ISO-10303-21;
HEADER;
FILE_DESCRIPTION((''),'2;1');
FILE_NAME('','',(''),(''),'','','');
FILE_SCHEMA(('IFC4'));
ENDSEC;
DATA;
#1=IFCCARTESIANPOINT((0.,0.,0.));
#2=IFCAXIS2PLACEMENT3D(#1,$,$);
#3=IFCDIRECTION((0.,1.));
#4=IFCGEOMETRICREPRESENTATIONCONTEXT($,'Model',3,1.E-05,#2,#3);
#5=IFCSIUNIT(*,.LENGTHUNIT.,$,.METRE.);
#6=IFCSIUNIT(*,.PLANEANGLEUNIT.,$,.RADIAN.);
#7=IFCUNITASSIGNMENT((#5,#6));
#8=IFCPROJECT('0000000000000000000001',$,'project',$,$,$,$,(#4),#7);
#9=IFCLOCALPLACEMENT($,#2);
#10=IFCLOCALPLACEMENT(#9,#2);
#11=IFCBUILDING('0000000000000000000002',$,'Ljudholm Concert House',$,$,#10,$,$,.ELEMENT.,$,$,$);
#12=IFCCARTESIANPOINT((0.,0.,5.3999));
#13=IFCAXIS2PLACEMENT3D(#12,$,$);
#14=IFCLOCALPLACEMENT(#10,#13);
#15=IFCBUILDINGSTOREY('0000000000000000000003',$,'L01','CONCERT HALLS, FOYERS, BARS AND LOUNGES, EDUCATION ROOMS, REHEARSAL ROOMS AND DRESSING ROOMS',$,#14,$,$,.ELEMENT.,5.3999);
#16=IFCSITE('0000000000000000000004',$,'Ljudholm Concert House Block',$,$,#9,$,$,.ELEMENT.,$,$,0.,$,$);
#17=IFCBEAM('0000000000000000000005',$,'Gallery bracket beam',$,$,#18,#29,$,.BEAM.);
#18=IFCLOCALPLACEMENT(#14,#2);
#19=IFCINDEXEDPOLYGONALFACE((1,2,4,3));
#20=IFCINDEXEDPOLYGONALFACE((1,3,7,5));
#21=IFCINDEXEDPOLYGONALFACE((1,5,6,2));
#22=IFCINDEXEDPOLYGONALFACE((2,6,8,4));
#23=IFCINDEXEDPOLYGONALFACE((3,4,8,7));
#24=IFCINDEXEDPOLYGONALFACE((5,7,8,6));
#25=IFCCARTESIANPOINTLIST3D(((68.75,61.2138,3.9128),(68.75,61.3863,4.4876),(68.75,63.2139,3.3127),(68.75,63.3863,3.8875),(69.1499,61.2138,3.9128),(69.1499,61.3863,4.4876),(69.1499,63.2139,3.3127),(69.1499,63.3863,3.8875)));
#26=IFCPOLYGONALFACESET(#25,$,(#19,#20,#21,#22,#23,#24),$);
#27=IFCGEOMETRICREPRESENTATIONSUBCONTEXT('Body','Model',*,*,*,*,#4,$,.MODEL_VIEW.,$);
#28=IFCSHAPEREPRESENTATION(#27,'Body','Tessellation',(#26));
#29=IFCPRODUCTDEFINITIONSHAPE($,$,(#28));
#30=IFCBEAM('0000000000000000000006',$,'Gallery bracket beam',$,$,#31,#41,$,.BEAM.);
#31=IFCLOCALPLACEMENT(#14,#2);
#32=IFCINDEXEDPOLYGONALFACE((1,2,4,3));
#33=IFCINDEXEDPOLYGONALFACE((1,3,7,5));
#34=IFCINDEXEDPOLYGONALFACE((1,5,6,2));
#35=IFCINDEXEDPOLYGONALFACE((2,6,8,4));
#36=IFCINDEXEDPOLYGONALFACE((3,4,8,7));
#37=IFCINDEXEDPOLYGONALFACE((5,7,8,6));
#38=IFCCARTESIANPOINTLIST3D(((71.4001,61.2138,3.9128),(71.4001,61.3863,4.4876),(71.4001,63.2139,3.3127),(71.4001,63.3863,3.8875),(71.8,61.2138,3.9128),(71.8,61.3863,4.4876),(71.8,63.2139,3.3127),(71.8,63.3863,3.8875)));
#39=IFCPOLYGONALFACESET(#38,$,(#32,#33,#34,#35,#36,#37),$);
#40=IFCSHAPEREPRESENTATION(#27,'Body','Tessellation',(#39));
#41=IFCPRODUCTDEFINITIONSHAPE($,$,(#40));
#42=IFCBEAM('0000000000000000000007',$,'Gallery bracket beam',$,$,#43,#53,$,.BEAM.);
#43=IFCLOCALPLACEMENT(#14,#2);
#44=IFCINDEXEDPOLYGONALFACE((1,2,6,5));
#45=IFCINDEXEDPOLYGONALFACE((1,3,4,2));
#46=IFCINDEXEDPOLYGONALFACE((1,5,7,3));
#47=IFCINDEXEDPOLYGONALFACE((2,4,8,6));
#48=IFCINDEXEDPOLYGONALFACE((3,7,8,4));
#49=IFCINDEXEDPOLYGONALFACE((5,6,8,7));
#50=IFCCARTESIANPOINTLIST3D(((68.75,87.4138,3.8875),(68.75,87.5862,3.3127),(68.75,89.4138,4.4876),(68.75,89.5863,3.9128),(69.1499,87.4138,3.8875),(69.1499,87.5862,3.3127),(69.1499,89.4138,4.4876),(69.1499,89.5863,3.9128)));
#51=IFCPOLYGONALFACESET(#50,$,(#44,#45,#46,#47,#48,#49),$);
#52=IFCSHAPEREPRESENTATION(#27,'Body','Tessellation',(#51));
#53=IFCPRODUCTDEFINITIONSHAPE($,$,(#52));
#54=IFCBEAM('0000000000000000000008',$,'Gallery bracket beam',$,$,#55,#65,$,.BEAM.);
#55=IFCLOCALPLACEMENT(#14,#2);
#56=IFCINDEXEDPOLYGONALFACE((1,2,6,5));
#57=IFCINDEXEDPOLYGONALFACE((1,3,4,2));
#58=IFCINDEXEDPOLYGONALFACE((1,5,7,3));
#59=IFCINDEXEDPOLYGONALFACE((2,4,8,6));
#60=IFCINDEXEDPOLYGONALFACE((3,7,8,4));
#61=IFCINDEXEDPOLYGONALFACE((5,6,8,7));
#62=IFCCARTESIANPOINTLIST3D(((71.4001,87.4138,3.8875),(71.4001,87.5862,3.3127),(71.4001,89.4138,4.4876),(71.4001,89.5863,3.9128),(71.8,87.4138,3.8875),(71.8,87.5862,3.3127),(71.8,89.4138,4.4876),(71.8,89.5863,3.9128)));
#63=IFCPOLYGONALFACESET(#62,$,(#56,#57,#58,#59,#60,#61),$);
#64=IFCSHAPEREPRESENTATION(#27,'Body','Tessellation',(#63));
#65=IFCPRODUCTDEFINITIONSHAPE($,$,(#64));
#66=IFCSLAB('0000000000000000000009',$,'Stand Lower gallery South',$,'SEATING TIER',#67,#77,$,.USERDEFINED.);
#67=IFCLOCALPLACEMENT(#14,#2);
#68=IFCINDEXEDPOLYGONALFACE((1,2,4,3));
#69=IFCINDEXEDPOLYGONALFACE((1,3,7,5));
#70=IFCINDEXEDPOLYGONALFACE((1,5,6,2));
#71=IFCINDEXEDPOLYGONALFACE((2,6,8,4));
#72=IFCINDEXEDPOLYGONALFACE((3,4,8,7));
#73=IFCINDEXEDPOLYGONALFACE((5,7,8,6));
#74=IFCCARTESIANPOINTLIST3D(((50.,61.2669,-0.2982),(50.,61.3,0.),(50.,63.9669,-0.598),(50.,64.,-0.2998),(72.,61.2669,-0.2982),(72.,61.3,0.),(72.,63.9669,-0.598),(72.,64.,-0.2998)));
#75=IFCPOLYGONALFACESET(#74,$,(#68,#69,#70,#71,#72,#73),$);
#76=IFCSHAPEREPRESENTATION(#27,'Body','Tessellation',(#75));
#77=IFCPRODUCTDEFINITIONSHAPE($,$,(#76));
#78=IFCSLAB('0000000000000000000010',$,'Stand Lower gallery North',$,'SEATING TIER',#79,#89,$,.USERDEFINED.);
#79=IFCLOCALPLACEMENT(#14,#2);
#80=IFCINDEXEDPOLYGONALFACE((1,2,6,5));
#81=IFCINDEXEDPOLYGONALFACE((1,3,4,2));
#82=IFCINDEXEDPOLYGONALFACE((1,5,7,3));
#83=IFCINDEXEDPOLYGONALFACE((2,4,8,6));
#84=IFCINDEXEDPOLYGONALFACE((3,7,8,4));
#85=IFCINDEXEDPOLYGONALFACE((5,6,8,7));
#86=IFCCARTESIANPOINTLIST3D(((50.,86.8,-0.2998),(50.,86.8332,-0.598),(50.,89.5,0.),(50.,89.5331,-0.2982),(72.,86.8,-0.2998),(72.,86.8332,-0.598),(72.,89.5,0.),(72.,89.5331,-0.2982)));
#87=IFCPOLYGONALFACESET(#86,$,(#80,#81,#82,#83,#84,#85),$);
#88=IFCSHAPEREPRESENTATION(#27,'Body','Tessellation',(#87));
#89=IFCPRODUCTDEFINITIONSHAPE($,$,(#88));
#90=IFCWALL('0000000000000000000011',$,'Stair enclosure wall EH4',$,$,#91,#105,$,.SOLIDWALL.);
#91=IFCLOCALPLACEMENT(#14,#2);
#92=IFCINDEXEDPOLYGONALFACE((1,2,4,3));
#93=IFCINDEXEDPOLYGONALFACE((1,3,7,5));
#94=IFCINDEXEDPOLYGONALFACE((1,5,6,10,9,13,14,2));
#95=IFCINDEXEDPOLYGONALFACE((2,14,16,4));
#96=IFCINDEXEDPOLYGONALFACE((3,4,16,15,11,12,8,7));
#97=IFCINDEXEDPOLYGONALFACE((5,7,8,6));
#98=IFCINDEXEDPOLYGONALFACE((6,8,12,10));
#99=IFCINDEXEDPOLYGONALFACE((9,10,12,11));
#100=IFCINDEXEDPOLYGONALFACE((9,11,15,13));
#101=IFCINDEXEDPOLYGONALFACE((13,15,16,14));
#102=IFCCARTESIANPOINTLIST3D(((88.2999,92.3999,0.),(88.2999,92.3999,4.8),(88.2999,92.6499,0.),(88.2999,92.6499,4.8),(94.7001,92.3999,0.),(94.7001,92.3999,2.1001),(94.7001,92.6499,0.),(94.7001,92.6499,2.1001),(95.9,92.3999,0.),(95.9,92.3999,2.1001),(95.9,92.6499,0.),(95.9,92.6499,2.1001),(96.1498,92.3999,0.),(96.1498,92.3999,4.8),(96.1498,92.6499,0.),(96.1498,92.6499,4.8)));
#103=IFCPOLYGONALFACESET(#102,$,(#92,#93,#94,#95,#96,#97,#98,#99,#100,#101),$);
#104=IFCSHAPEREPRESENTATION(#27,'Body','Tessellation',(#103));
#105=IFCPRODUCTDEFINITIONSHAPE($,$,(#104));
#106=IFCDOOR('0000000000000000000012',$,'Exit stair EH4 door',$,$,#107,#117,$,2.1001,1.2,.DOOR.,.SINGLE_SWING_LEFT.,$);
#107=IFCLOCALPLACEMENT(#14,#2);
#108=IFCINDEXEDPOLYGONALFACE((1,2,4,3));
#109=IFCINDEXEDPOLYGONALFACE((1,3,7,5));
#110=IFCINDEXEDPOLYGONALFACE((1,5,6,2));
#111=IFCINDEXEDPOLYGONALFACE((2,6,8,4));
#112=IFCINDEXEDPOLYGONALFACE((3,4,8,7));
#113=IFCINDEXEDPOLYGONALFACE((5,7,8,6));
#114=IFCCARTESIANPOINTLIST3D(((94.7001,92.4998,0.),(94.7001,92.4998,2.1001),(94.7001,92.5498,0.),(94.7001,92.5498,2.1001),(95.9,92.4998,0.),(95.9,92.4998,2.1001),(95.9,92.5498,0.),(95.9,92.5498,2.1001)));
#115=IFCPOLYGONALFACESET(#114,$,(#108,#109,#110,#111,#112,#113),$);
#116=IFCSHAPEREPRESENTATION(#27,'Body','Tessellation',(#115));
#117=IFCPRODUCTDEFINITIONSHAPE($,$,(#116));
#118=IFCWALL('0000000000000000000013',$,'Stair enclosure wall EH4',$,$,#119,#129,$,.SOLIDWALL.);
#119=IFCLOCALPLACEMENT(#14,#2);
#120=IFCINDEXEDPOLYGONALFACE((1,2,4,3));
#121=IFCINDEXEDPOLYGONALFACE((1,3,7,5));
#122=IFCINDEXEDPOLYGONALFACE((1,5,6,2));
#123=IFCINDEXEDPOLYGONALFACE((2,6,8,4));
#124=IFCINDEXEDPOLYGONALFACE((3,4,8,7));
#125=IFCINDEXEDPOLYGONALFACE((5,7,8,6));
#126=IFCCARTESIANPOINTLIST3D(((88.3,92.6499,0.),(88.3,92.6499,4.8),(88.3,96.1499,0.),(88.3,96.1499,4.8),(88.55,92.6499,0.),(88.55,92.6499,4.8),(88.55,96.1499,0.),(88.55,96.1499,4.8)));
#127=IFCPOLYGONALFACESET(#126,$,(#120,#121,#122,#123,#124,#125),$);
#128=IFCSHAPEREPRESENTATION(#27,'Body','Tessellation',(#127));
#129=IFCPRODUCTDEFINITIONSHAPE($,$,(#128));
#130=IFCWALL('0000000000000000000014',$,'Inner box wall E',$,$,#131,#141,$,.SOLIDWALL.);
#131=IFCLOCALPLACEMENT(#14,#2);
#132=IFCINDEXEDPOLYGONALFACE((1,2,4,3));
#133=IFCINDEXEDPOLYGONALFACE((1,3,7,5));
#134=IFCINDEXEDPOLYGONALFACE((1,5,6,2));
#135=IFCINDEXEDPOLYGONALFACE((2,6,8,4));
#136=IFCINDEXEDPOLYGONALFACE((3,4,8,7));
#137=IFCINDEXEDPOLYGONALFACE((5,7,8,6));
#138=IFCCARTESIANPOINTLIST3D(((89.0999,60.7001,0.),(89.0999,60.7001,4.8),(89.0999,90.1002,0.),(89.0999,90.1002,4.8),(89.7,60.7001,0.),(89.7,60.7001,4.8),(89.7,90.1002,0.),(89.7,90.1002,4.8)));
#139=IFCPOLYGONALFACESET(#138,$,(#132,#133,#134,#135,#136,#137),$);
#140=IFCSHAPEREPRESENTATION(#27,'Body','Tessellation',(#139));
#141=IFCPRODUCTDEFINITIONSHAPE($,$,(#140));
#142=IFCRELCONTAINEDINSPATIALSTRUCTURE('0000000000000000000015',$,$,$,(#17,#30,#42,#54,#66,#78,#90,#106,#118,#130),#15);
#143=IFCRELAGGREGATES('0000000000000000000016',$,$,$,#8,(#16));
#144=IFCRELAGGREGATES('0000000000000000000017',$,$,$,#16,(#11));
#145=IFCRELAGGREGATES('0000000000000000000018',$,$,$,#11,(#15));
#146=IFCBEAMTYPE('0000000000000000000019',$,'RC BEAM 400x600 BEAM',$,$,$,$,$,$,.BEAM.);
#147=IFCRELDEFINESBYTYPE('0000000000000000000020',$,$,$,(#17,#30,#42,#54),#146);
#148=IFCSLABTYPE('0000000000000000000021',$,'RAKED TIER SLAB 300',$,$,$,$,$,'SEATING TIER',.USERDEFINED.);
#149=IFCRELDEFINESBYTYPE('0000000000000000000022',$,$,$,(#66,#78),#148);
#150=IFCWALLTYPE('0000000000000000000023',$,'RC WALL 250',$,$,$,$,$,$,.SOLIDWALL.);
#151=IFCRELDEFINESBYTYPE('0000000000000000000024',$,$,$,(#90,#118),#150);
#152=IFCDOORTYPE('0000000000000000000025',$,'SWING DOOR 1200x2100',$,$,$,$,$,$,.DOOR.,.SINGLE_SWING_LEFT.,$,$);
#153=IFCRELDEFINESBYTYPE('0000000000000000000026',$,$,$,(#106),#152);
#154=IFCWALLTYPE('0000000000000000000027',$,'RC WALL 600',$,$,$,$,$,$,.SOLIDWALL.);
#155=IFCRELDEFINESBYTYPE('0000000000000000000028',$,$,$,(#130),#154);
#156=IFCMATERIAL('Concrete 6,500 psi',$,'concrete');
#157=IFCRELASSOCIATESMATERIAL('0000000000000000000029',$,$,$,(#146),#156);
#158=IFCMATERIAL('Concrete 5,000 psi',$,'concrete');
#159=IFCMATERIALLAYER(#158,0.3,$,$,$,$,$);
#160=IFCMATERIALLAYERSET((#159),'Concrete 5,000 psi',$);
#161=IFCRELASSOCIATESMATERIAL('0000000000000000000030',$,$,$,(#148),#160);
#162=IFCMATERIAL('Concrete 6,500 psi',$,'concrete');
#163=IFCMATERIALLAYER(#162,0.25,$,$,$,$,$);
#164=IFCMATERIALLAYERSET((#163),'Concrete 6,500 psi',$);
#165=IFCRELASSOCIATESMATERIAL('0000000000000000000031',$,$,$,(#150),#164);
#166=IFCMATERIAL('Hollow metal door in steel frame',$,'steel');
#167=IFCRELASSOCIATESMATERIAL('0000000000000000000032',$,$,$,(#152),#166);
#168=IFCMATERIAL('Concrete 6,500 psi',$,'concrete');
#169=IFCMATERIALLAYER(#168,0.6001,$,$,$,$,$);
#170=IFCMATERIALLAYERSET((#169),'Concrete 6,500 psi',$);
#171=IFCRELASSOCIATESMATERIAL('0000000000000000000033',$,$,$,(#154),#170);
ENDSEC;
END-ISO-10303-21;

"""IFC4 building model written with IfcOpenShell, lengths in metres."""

from ifc_helpers import new_model, si_unit, direction, frame, frame_2d, origin, origin_2d, place, context, subcontext, project, spatial, polyline, rectangle, outline, extrude, material, layer, layer_set, material_profile, profile_set, type_object, element, fill, save


model = new_model("IFC4")

# Units and contexts
model_context = context("Model", 3, precision=1e-05, world=origin(), true_north=direction((0.0, 1.0)))
body_context = subcontext(model_context, "Body", "Model", "MODEL_VIEW")
ifc_project = project(units=[si_unit("LENGTHUNIT", "METRE"), si_unit("PLANEANGLEUNIT", "RADIAN")], contexts=[model_context])

# Site, building, storey
site_placement = place(None, origin())
site = spatial("IfcSite", under=ifc_project, at=site_placement, Name="Ljudholm Concert House Block", CompositionType="ELEMENT", RefElevation=0.0)
building_placement = place(site_placement, origin())
building = spatial("IfcBuilding", under=site, at=building_placement, Name="Ljudholm Concert House", CompositionType="ELEMENT")
storey_placement = place(building_placement, frame((0.0, 0.0, 5.3999)))
storey = spatial("IfcBuildingStorey", under=building, at=storey_placement, Name="L01", Description="CONCERT HALLS, FOYERS, BARS AND LOUNGES, EDUCATION ROOMS, REHEARSAL ROOMS AND DRESSING ROOMS", CompositionType="ELEMENT", Elevation=5.3999)

# Beams
ifc_material_1 = material(Name="Concrete 6,500 psi", Category="concrete")
ifc_material_profile_1 = material_profile(ifc_material_1, rectangle(XDim=0.3999, YDim=0.6001, at=origin_2d()), Name="RC BEAM 400x600 BEAM")
ifc_profile_set_1 = profile_set([ifc_material_profile_1], Name="Concrete 6,500 psi")
beam_type_1 = type_object("IfcBeamType", Name="RC BEAM 400x600 BEAM", PredefinedType="BEAM", material=ifc_profile_set_1)
for number, where, z_axis, x_axis, name in (
    (1, (68.95, 61.3, 4.2002), (0.0, 0.957813, -0.287391), (-1.0, 0.0, 0.0), "Gallery bracket beam"),
    (2, (71.6001, 61.3, 4.2002), (0.0, 0.957813, -0.287391), (-1.0, 0.0, 0.0), "Gallery bracket beam"),
    (3, (68.95, 87.5, 3.6001), (0.0, 0.957813, 0.287391), (-1.0, 0.0, 0.0), "Gallery bracket beam"),
    (4, (71.6001, 87.5, 3.6001), (0.0, 0.957813, 0.287391), (-1.0, 0.0, 0.0), "Gallery bracket beam"),
):
    element("IfcBeam", number, at=place(storey_placement, frame(where, z_axis=z_axis, x_axis=x_axis)), inside=storey, type_object=beam_type_1, Name=name, PredefinedType="BEAM", context=body_context, shape_type="SweptSolid", body=[
        extrude(rectangle(XDim=0.3999, YDim=0.6001, at=origin_2d()), origin(), (0.0, 0.0, 1.0), 2.0881),
    ])

# Slabs
ifc_material_2 = material(Name="Concrete 5,000 psi", Category="concrete")
ifc_layer_1 = layer(ifc_material_2, 0.3)
ifc_layer_set_1 = layer_set([ifc_layer_1], Name="Concrete 5,000 psi")
slab_type = type_object("IfcSlabType", Name="RAKED TIER SLAB 300", ElementType="SEATING TIER", PredefinedType="USERDEFINED", material=ifc_layer_set_1)
for number, where, z_axis, x_axis, name in (
    (5, (72.0, 61.3, 0.0), (0.0, 0.110362, 0.993891), (0.0, 0.993891, -0.110362), "Stand Lower gallery South"),
    (6, (72.0, 86.8, -0.2998), (0.0, -0.110362, 0.993891), (0.0, 0.993891, 0.110362), "Stand Lower gallery North"),
):
    element("IfcSlab", number, at=place(storey_placement, frame(where, z_axis=z_axis, x_axis=x_axis)), inside=storey, type_object=slab_type, Name=name, ObjectType="SEATING TIER", PredefinedType="USERDEFINED", context=body_context, shape_type="SweptSolid", body=[
        extrude(outline(polyline([(0.0, 0.0), (2.7165, 0.0), (2.7165, 22.0), (0.0, 22.0), (0.0, 0.0)])), origin(), (0.0, 0.0, -1.0), 0.3),
    ])

# Wall, opening, door
ifc_material_3 = material(Name="Concrete 6,500 psi", Category="concrete")
ifc_layer_2 = layer(ifc_material_3, 0.25)
ifc_layer_set_2 = layer_set([ifc_layer_2], Name="Concrete 6,500 psi")
wall_type_1 = type_object("IfcWallType", Name="RC WALL 250", PredefinedType="SOLIDWALL", material=ifc_layer_set_2)
wall_1_placement = place(storey_placement, frame((88.3, 92.5249, 0.0), z_axis=(0.0, 0.0, 1.0), x_axis=(1.0, 0.0, 0.0)))
wall_1 = element("IfcWall", 7, at=wall_1_placement, inside=storey, type_object=wall_type_1, Name="Stair enclosure wall EH4", PredefinedType="SOLIDWALL", context=body_context, shape_type="SweptSolid", body=[
    extrude(rectangle(XDim=7.8499, YDim=0.25, at=frame_2d((3.9248, 0.0))), origin(), (0.0, 0.0, 1.0), 4.8),
])
opening_placement = place(wall_1_placement, frame((6.3999, 0.0, 0.0)))
opening = element("IfcOpeningElement", 8, at=opening_placement, cuts=wall_1, PredefinedType="OPENING", context=body_context, shape_type="SweptSolid", body=[
    extrude(rectangle(XDim=1.2, YDim=2.1001, at=frame_2d((0.6001, 1.05))), frame((0.0, 0.135, 0.0), z_axis=(0.0, -1.0, 0.0), x_axis=(1.0, 0.0, 0.0)), (0.0, 0.0, 1.0), 0.27),
])
ifc_material_4 = material(Name="Hollow metal door in steel frame", Category="steel")
door_type = type_object("IfcDoorType", Name="SWING DOOR 1200x2100", OperationType="SINGLE_SWING_LEFT", PredefinedType="DOOR", material=ifc_material_4)
door_placement = place(opening_placement, origin())
door = element("IfcDoor", 9, at=door_placement, inside=storey, type_object=door_type, Name="Exit stair EH4 door", OperationType="SINGLE_SWING_LEFT", OverallHeight=2.1001, OverallWidth=1.2, PredefinedType="DOOR", context=body_context, shape_type="SweptSolid", body=[
    extrude(rectangle(XDim=1.2, YDim=2.1001, at=frame_2d((0.6001, 1.05))), frame((0.0, 0.0249, 0.0), z_axis=(0.0, -1.0, 0.0), x_axis=(1.0, 0.0, 0.0)), (0.0, 0.0, 1.0), 0.05),
])
fill(opening, door)

# Walls
wall_2_placement = place(storey_placement, frame((88.425, 92.6499, 0.0), z_axis=(0.0, 0.0, 1.0), x_axis=(0.0, 1.0, 0.0)))
element("IfcWall", 10, at=wall_2_placement, inside=storey, type_object=wall_type_1, Name="Stair enclosure wall EH4", PredefinedType="SOLIDWALL", context=body_context, shape_type="SweptSolid", body=[
    extrude(rectangle(XDim=3.5, YDim=0.25, at=frame_2d((1.75, 0.0))), origin(), (0.0, 0.0, 1.0), 4.8),
])
ifc_material_5 = material(Name="Concrete 6,500 psi", Category="concrete")
ifc_layer_3 = layer(ifc_material_5, 0.6001)
ifc_layer_set_3 = layer_set([ifc_layer_3], Name="Concrete 6,500 psi")
wall_type_2 = type_object("IfcWallType", Name="RC WALL 600", PredefinedType="SOLIDWALL", material=ifc_layer_set_3)
wall_3_placement = place(storey_placement, frame((89.3999, 60.7, 0.0), z_axis=(0.0, 0.0, 1.0), x_axis=(0.0, 1.0, 0.0)))
element("IfcWall", 11, at=wall_3_placement, inside=storey, type_object=wall_type_2, Name="Inner box wall E", PredefinedType="SOLIDWALL", context=body_context, shape_type="SweptSolid", body=[
    extrude(rectangle(XDim=29.4001, YDim=0.6001, at=frame_2d((14.7002, 0.0))), origin(), (0.0, 0.0, 1.0), 4.8),
])

save(model, "model.ifc")
